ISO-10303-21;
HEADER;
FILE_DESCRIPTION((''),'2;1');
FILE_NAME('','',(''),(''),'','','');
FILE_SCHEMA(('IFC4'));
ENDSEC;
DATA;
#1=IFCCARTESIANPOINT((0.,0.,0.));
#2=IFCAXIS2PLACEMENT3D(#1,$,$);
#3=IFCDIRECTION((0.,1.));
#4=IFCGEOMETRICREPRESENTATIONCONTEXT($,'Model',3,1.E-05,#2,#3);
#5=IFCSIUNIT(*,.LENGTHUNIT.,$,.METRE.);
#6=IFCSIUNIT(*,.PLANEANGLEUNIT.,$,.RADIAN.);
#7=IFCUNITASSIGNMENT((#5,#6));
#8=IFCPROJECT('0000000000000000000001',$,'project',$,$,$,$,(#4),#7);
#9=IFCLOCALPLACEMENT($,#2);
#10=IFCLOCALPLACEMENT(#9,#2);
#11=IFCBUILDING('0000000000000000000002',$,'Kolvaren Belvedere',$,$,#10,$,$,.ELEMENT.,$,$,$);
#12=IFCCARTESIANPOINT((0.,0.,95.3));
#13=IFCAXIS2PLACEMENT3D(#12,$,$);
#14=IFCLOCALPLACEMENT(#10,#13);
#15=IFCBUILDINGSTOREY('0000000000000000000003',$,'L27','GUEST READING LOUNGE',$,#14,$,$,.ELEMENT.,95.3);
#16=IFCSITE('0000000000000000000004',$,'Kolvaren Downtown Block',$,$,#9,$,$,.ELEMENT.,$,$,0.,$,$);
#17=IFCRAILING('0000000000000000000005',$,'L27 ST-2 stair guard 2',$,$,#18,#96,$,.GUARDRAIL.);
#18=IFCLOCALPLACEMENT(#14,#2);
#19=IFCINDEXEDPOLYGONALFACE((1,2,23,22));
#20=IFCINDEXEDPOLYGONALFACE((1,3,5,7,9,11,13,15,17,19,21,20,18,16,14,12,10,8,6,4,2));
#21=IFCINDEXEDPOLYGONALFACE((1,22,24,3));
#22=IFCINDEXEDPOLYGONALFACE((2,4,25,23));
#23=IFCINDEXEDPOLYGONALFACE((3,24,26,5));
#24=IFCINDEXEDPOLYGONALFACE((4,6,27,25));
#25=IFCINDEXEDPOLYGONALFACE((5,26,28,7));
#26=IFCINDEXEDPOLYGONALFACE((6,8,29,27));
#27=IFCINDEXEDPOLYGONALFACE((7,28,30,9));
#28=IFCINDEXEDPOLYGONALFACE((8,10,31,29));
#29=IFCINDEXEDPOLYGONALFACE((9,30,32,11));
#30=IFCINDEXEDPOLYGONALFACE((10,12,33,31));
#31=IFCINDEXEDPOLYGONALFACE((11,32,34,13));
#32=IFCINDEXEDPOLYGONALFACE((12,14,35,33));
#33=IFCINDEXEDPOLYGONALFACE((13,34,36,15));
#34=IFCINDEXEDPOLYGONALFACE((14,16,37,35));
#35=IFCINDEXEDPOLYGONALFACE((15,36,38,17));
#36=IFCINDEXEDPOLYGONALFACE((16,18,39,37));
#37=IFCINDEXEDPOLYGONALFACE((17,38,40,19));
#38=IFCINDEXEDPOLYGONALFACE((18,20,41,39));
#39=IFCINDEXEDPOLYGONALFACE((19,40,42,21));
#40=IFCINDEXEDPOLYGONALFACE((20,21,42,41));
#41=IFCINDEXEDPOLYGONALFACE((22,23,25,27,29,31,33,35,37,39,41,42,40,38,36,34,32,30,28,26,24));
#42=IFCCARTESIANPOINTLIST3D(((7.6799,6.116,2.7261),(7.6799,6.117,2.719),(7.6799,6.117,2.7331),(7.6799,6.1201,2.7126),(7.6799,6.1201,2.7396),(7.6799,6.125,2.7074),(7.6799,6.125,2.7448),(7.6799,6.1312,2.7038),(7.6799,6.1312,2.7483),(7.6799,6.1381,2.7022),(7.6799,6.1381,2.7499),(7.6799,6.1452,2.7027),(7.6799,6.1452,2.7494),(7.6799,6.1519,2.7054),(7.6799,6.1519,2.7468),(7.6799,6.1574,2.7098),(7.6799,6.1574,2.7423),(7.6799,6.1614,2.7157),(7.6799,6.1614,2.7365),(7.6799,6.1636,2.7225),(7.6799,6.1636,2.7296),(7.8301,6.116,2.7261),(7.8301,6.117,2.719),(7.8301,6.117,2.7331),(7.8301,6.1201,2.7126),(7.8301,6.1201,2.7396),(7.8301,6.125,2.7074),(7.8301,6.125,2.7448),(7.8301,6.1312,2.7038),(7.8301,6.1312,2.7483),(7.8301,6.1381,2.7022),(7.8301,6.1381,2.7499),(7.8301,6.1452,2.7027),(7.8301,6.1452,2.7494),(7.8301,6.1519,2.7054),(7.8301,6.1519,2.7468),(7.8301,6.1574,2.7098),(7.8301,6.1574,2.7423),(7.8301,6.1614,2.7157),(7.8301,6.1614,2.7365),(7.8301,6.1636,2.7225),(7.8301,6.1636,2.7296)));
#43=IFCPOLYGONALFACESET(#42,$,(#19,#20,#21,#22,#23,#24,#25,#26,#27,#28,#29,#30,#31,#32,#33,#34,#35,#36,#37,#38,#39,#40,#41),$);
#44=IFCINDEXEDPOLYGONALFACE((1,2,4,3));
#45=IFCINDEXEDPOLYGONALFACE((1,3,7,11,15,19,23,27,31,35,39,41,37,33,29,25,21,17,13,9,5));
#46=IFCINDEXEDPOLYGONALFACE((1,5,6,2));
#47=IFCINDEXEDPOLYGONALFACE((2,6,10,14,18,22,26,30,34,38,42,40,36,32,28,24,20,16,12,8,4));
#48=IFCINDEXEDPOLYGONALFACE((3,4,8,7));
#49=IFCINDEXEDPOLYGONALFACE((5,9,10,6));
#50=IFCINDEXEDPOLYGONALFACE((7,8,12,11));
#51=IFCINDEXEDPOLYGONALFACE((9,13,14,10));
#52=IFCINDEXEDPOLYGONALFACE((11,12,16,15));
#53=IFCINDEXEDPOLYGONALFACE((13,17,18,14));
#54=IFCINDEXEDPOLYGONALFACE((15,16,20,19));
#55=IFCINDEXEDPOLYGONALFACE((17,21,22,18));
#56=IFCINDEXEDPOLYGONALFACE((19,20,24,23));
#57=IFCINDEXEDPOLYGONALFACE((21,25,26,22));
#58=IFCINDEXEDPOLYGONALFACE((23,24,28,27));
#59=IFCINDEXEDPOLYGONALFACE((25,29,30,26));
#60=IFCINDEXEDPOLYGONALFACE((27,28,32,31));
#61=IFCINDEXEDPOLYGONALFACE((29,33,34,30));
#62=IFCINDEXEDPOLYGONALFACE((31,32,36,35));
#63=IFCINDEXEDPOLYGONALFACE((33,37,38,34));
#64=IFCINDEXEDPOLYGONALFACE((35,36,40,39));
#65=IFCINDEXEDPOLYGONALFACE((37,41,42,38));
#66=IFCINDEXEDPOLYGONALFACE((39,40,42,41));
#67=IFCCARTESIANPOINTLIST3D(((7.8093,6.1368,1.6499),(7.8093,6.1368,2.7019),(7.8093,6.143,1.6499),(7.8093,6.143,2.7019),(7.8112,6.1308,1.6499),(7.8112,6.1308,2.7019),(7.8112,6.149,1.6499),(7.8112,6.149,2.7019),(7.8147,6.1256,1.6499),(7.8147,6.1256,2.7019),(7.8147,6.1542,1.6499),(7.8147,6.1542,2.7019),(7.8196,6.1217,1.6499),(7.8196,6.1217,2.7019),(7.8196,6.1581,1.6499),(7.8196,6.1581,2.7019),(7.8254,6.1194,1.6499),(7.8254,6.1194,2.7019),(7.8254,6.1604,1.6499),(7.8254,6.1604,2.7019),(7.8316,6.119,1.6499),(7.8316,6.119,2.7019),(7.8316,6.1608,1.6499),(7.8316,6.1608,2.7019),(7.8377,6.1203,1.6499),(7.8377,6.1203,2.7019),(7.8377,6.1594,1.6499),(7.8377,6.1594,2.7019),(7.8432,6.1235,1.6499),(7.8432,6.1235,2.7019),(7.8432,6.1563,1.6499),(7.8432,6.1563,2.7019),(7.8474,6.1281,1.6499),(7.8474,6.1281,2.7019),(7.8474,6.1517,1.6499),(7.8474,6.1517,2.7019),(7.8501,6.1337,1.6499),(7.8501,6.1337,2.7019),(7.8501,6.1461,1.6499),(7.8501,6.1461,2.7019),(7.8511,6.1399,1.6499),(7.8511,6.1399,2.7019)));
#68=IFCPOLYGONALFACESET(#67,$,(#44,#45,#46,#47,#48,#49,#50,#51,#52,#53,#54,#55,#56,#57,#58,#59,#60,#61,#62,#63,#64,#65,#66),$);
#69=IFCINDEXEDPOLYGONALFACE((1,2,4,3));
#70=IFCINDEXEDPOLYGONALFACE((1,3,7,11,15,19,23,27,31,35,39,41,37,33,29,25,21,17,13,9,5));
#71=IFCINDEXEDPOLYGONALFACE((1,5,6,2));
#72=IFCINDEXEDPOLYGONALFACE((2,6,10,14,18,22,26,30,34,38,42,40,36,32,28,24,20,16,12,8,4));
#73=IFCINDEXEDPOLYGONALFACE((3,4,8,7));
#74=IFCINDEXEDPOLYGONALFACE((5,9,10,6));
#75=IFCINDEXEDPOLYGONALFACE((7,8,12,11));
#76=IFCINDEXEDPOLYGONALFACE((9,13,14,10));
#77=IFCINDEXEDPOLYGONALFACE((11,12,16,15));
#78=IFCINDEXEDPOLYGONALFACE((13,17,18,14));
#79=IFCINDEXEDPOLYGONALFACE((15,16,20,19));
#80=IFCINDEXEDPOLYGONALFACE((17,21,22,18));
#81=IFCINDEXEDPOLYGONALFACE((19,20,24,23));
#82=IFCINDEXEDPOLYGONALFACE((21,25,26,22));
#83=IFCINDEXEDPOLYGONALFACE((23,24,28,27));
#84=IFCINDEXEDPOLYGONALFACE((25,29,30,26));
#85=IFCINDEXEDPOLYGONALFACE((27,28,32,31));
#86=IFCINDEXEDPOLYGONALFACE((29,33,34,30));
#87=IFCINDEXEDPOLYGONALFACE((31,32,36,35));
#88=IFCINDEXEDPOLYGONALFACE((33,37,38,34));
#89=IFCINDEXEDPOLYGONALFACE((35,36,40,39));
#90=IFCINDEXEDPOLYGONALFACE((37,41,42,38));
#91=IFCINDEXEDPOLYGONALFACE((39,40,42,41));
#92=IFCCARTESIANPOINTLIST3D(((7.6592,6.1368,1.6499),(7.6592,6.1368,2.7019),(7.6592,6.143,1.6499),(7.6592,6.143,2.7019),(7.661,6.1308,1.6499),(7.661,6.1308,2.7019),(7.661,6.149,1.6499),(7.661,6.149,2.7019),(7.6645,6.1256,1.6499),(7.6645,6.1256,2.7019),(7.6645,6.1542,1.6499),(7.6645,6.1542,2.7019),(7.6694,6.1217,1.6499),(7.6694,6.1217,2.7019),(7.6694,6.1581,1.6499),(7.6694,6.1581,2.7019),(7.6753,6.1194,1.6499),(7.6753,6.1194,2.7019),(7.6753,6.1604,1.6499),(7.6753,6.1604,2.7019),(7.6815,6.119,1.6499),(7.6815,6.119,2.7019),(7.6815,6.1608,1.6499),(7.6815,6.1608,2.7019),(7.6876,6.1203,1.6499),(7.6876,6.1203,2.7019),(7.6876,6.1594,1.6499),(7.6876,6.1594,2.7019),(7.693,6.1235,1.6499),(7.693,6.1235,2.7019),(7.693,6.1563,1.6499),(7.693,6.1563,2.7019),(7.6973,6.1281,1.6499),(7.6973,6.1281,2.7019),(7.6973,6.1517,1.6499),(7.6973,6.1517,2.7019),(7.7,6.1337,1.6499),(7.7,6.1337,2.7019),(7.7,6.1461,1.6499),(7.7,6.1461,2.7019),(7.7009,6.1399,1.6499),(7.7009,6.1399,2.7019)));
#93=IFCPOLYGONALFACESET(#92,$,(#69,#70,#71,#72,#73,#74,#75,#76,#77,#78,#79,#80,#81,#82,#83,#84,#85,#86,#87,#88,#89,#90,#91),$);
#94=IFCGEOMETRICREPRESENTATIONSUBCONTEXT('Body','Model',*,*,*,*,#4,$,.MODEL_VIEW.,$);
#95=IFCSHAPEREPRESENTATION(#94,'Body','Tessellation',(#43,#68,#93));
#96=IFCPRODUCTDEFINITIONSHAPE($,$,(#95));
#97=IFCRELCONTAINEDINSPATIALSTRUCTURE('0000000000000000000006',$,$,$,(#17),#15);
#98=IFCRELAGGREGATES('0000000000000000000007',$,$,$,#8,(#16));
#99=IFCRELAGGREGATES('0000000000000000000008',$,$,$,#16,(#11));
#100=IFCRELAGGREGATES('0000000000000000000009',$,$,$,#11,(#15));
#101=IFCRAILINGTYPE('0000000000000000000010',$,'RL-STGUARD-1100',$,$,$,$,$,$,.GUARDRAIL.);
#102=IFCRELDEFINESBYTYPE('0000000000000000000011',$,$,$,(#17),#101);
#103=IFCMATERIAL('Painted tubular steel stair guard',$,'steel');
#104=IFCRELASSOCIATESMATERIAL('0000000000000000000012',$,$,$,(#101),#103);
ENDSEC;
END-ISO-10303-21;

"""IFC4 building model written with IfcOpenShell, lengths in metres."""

from ifc_helpers import new_model, si_unit, direction, frame, origin, origin_2d, place, context, subcontext, project, spatial, circle, extrude, material, type_object, element, save


model = new_model("IFC4")

# Units and contexts
model_context = context("Model", 3, precision=1e-05, world=origin(), true_north=direction((0.0, 1.0)))
body_context = subcontext(model_context, "Body", "Model", "MODEL_VIEW")
ifc_project = project(units=[si_unit("LENGTHUNIT", "METRE"), si_unit("PLANEANGLEUNIT", "RADIAN")], contexts=[model_context])

# Site, building, storey
site_placement = place(None, origin())
site = spatial("IfcSite", under=ifc_project, at=site_placement, Name="Kolvaren Downtown Block", CompositionType="ELEMENT", RefElevation=0.0)
building_placement = place(site_placement, origin())
building = spatial("IfcBuilding", under=site, at=building_placement, Name="Kolvaren Belvedere", CompositionType="ELEMENT")
storey_placement = place(building_placement, frame((0.0, 0.0, 95.3)))
storey = spatial("IfcBuildingStorey", under=building, at=storey_placement, Name="L27", Description="GUEST READING LOUNGE", CompositionType="ELEMENT", Elevation=95.3)

# Railing
ifc_material_1 = material(Name="Painted tubular steel stair guard", Category="steel")
railing_type_1 = type_object("IfcRailingType", Name="RL-STGUARD-1100", PredefinedType="GUARDRAIL", material=ifc_material_1)
railing_1_placement = place(storey_placement, frame((7.8301, 6.1399, 1.6499)))
element("IfcRailing", 1, at=railing_1_placement, inside=storey, type_object=railing_type_1, Name="L27 ST-2 stair guard 2", PredefinedType="GUARDRAIL", context=body_context, shape_type="SweptSolid", body=[
    extrude(circle(Radius=0.0239, at=origin_2d()), frame((0.0, 0.0, 1.0762), z_axis=(-1.0, 0.0, 0.0), x_axis=(0.0, -1.0, 0.0)), (0.0, 0.0, 1.0), 0.1501),
    extrude(circle(Radius=0.021, at=origin_2d()), origin(), (0.0, 0.0, 1.0), 1.052),
    extrude(circle(Radius=0.021, at=origin_2d()), frame((-0.1501, 0.0, 0.0)), (0.0, 0.0, 1.0), 1.052),
])

save(model, "model.ifc")
